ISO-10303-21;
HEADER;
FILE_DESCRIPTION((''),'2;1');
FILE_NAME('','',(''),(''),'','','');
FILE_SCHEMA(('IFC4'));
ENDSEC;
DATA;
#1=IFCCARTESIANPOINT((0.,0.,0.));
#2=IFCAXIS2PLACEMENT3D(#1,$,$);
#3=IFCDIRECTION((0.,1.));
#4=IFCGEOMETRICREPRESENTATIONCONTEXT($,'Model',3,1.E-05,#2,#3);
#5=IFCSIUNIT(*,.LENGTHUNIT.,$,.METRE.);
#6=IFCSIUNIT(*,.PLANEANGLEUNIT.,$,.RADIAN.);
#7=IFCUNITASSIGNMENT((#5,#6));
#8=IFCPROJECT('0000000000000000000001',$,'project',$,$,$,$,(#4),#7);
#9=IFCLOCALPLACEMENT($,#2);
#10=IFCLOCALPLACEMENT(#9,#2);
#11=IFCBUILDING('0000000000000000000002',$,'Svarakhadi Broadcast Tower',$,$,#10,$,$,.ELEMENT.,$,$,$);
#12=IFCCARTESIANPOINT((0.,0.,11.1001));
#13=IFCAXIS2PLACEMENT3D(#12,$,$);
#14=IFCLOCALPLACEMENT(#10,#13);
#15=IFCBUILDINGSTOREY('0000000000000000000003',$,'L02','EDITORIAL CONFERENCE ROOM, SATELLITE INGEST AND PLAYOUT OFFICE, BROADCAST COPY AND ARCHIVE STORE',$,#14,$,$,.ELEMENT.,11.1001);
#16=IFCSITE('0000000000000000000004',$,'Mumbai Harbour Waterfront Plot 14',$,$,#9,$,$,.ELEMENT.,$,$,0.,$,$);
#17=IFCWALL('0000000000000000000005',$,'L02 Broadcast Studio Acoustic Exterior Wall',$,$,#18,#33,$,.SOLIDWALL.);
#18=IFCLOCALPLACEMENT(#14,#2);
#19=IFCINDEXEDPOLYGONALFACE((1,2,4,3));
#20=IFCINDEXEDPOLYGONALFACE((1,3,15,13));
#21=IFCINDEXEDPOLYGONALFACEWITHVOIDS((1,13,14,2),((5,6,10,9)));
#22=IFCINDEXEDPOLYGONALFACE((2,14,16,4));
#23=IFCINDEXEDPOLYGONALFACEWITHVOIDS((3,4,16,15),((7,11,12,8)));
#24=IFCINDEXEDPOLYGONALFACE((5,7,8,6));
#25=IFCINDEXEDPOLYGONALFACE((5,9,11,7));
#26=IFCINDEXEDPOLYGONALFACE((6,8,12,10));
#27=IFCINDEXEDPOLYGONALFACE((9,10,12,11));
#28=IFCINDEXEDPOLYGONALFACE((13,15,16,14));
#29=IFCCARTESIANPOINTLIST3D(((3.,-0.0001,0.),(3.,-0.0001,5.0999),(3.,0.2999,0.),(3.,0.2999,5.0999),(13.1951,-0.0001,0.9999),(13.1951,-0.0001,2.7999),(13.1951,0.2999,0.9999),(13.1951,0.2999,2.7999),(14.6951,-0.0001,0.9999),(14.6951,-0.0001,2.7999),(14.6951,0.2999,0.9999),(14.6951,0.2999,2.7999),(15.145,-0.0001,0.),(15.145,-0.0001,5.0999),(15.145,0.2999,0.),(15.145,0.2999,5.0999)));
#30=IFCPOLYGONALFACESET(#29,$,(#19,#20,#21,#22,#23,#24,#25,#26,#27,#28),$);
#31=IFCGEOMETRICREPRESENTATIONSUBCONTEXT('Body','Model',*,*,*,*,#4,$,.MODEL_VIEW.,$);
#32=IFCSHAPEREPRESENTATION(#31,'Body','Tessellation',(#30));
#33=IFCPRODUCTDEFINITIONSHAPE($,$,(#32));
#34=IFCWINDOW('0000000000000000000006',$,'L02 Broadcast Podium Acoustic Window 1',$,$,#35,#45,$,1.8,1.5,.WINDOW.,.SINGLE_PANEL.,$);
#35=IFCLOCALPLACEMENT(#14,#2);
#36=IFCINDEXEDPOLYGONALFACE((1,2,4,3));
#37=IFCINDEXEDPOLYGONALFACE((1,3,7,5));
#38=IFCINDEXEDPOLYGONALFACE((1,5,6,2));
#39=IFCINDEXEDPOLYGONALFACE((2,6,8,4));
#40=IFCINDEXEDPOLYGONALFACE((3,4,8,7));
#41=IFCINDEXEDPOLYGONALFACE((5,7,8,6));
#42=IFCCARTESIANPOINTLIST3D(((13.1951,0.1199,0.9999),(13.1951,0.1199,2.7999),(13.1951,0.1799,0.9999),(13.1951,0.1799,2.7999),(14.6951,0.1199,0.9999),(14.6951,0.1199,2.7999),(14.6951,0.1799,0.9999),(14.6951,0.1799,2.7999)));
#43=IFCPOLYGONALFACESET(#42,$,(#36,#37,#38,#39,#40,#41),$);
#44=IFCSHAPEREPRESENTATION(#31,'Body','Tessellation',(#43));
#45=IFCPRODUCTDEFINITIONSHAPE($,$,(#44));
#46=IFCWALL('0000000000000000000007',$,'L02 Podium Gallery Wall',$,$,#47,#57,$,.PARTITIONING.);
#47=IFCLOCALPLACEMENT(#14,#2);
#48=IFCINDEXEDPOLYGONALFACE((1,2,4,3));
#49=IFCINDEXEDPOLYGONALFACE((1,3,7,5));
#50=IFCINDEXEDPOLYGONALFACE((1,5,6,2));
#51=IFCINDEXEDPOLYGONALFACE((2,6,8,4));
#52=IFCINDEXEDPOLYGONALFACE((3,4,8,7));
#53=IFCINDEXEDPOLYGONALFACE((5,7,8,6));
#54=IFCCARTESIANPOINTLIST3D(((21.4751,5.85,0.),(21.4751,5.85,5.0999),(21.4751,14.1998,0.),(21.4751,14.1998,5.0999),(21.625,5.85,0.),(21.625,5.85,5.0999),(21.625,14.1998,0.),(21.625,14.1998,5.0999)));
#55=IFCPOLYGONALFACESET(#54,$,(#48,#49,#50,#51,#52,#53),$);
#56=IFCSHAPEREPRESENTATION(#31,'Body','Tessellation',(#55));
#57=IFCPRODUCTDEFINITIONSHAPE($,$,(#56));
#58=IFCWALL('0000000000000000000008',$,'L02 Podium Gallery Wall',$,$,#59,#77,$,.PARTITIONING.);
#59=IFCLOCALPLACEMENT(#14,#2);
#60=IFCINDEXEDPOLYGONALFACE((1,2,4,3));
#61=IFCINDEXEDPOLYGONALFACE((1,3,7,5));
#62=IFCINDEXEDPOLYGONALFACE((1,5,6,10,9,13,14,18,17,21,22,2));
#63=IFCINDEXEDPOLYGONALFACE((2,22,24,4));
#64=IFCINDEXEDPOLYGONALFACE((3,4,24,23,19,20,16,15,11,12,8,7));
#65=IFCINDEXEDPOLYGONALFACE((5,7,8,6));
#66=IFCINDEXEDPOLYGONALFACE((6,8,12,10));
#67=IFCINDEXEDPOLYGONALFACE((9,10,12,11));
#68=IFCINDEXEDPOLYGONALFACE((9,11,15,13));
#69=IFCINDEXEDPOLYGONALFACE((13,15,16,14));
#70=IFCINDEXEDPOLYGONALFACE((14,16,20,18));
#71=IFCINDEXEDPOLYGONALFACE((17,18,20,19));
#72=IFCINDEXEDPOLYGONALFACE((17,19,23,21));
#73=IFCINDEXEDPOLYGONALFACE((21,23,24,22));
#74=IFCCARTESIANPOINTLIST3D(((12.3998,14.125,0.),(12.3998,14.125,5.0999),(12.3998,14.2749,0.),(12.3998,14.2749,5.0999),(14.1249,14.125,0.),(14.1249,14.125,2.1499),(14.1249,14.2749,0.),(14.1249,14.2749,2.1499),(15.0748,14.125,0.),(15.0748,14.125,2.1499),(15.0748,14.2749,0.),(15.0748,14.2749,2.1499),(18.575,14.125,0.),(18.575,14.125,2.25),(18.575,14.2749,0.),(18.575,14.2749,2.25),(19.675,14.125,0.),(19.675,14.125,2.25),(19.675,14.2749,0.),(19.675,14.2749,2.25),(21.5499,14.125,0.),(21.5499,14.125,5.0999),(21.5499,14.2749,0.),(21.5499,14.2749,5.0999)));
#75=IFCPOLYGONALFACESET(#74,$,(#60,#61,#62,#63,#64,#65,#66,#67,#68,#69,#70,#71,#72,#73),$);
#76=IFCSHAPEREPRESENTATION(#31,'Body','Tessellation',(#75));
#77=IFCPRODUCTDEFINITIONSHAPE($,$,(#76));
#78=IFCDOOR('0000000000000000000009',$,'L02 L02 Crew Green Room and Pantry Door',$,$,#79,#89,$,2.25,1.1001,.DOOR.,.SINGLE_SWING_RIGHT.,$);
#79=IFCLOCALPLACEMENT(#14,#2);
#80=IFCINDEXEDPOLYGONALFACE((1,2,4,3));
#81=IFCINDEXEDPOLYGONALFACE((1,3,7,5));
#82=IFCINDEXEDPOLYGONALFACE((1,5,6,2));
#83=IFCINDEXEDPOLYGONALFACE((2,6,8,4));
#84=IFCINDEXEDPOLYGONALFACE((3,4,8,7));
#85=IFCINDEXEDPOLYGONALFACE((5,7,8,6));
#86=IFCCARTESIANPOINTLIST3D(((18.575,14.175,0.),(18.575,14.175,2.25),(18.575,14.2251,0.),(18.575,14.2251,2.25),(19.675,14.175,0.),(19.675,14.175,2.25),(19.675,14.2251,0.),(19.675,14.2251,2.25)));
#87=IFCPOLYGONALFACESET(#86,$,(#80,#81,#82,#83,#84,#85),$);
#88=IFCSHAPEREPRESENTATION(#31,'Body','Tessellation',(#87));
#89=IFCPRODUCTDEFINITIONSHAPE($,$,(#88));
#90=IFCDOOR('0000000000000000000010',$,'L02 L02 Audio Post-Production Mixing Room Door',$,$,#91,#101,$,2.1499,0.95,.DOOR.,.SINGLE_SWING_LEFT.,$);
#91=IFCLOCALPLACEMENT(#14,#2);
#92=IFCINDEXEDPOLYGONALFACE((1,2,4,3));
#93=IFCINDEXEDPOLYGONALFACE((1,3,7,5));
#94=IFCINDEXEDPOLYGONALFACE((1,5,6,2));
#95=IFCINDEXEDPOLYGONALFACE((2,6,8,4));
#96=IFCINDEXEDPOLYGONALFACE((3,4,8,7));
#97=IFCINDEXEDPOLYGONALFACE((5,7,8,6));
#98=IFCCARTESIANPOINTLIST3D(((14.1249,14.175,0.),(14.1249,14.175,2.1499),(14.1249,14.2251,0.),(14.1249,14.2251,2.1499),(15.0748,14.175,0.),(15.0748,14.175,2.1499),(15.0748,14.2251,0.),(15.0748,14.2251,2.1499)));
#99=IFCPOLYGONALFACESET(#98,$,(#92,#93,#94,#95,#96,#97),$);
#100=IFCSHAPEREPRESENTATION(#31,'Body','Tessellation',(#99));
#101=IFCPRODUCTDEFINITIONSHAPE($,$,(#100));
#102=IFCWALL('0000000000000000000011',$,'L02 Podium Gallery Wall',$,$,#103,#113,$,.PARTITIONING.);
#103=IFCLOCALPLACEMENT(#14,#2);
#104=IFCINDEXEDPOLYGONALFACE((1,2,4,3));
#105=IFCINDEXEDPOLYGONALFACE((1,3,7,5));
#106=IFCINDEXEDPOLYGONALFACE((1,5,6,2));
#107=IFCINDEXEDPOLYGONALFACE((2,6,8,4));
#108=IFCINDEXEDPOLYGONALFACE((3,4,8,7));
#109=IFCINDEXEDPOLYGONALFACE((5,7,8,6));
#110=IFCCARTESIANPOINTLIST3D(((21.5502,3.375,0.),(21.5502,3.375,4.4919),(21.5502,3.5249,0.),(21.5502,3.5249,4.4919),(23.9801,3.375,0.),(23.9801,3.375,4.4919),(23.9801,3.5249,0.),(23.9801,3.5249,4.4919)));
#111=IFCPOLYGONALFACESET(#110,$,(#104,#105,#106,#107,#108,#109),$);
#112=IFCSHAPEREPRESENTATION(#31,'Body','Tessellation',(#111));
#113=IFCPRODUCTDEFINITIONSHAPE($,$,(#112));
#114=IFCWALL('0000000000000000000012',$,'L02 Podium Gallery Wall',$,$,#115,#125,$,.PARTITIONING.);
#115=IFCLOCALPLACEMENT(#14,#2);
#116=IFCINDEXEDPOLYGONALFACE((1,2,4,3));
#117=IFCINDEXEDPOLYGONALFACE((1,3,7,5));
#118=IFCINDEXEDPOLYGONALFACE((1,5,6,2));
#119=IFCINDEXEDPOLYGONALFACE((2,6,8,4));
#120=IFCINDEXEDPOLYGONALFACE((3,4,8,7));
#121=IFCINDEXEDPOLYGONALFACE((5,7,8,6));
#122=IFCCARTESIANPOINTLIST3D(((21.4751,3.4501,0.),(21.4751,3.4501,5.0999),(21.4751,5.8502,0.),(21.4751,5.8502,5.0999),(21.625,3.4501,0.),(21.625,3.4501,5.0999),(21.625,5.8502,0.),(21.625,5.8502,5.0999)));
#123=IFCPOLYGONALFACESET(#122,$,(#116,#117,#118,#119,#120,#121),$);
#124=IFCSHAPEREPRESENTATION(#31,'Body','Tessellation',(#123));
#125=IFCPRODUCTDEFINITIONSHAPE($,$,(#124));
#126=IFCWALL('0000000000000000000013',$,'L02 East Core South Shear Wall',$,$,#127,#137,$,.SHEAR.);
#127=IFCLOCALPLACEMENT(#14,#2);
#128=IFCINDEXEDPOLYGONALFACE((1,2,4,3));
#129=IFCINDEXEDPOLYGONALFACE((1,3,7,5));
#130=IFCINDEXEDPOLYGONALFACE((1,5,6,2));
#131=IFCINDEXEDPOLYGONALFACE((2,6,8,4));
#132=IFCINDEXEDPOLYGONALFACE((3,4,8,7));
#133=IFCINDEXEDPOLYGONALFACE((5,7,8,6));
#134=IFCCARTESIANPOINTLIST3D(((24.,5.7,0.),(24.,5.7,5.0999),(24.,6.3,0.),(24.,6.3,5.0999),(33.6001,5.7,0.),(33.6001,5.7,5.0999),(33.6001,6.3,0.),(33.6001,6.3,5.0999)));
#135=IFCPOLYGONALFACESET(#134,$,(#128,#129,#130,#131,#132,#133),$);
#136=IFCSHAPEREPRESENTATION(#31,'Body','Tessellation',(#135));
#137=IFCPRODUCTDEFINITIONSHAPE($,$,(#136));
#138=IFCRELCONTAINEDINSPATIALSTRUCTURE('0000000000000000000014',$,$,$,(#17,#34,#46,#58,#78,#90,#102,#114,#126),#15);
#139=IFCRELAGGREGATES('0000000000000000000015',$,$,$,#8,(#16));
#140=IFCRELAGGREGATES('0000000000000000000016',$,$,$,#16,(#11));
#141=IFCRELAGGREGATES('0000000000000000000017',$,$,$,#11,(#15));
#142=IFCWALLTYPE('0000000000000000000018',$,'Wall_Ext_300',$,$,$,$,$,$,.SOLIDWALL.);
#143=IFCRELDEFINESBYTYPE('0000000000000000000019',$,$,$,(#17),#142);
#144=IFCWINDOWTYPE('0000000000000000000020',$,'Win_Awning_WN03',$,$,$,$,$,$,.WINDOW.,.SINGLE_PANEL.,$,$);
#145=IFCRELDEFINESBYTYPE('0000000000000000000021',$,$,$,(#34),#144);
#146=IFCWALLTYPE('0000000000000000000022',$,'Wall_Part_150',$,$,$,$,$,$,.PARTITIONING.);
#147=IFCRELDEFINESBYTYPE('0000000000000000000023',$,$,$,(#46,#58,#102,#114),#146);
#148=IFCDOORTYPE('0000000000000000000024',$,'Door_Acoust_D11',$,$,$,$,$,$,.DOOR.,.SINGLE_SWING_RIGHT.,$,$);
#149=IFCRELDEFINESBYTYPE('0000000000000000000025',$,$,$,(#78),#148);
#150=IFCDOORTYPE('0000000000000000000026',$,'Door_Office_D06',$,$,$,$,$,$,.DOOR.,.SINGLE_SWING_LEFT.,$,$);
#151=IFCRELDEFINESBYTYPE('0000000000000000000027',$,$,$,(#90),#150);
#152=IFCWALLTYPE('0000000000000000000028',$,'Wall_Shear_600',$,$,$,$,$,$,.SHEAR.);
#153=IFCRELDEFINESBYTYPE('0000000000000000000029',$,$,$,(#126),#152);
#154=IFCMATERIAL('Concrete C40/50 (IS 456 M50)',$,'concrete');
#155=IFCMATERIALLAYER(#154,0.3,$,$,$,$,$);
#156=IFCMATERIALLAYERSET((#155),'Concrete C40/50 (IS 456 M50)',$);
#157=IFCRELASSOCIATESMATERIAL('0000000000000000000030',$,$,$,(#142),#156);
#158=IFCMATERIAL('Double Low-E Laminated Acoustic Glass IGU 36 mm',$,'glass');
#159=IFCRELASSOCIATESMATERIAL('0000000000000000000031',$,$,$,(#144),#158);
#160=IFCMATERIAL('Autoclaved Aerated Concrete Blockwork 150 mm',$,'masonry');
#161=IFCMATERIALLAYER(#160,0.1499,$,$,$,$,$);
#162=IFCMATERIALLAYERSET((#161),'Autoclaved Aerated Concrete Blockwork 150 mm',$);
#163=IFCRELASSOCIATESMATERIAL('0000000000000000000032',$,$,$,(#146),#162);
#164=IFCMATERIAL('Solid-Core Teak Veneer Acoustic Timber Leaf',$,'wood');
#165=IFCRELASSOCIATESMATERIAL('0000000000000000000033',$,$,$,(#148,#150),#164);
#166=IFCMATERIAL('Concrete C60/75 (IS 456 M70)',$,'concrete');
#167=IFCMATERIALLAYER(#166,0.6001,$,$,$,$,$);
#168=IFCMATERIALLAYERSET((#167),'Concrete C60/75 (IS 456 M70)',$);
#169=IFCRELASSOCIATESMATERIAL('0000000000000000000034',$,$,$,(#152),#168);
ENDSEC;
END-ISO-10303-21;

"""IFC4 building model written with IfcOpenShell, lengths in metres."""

from ifc_helpers import new_model, si_unit, direction, frame, frame_2d, origin, place, context, subcontext, project, spatial, rectangle, extrude, material, layer, layer_set, type_object, element, fill, save


model = new_model("IFC4")

# Units and contexts
model_context = context("Model", 3, precision=1e-05, world=origin(), true_north=direction((0.0, 1.0)))
body_context = subcontext(model_context, "Body", "Model", "MODEL_VIEW")
ifc_project = project(units=[si_unit("LENGTHUNIT", "METRE"), si_unit("PLANEANGLEUNIT", "RADIAN")], contexts=[model_context])

# Site, building, storey
site_placement = place(None, origin())
site = spatial("IfcSite", under=ifc_project, at=site_placement, Name="Mumbai Harbour Waterfront Plot 14", CompositionType="ELEMENT", RefElevation=0.0)
building_placement = place(site_placement, origin())
building = spatial("IfcBuilding", under=site, at=building_placement, Name="Svarakhadi Broadcast Tower", CompositionType="ELEMENT")
storey_placement = place(building_placement, frame((0.0, 0.0, 11.1001)))
storey = spatial("IfcBuildingStorey", under=building, at=storey_placement, Name="L02", Description="EDITORIAL CONFERENCE ROOM, SATELLITE INGEST AND PLAYOUT OFFICE, BROADCAST COPY AND ARCHIVE STORE", CompositionType="ELEMENT", Elevation=11.1001)

# Shared definitions
ifc_material_1 = material(Name="Concrete C60/75 (IS 456 M70)", Category="concrete")

# Shared definitions
ifc_material_2 = material(Name="Double Low-E Laminated Acoustic Glass IGU 36 mm", Category="glass")

# Wall, opening, window
ifc_material_3 = material(Name="Concrete C40/50 (IS 456 M50)", Category="concrete")
ifc_layer_1 = layer(ifc_material_3, 0.3)
ifc_layer_set_1 = layer_set([ifc_layer_1], Name="Concrete C40/50 (IS 456 M50)")
wall_type_1 = type_object("IfcWallType", Name="Wall_Ext_300", PredefinedType="SOLIDWALL", material=ifc_layer_set_1)
wall_1_placement = place(storey_placement, frame((15.145, 0.1499, 0.0), z_axis=(0.0, 0.0, 1.0), x_axis=(-1.0, 0.0, 0.0)))
wall_1 = element("IfcWall", 1, at=wall_1_placement, inside=storey, type_object=wall_type_1, Name="L02 Broadcast Studio Acoustic Exterior Wall", PredefinedType="SOLIDWALL", context=body_context, shape_type="SweptSolid", body=[
    extrude(rectangle(XDim=12.145, YDim=0.3, at=frame_2d((6.0725, 0.0))), origin(), (0.0, 0.0, 1.0), 5.0999),
])
opening_1_placement = place(wall_1_placement, frame((0.45, 0.0, 1.0)))
opening_1 = element("IfcOpeningElement", 2, at=opening_1_placement, cuts=wall_1, PredefinedType="OPENING", context=body_context, shape_type="SweptSolid", body=[
    extrude(rectangle(XDim=1.5, YDim=1.8, at=frame_2d((0.75, 0.8999))), frame((0.0, 0.1599, 0.0), z_axis=(0.0, -1.0, 0.0), x_axis=(1.0, 0.0, 0.0)), (0.0, 0.0, 1.0), 0.3201),
])
window_type = type_object("IfcWindowType", Name="Win_Awning_WN03", PartitioningType="SINGLE_PANEL", PredefinedType="WINDOW", material=ifc_material_2)
window_placement = place(opening_1_placement, origin())
window = element("IfcWindow", 3, at=window_placement, inside=storey, type_object=window_type, Name="L02 Broadcast Podium Acoustic Window 1", OverallHeight=1.8, OverallWidth=1.5, PartitioningType="SINGLE_PANEL", PredefinedType="WINDOW", context=body_context, shape_type="SweptSolid", body=[
    extrude(rectangle(XDim=1.5, YDim=1.8, at=frame_2d((0.75, 0.8999))), frame((0.0, 0.03, 0.0), z_axis=(0.0, -1.0, 0.0), x_axis=(1.0, 0.0, 0.0)), (0.0, 0.0, 1.0), 0.0601),
])
fill(opening_1, window)

# Wall
ifc_material_4 = material(Name="Autoclaved Aerated Concrete Blockwork 150 mm", Category="masonry")
ifc_layer_2 = layer(ifc_material_4, 0.1499)
ifc_layer_set_2 = layer_set([ifc_layer_2], Name="Autoclaved Aerated Concrete Blockwork 150 mm")
wall_type_2 = type_object("IfcWallType", Name="Wall_Part_150", PredefinedType="PARTITIONING", material=ifc_layer_set_2)
wall_2_placement = place(storey_placement, frame((21.55, 5.8501, 0.0), z_axis=(0.0, 0.0, 1.0), x_axis=(0.0, 1.0, 0.0)))
element("IfcWall", 4, at=wall_2_placement, inside=storey, type_object=wall_type_2, Name="L02 Podium Gallery Wall", PredefinedType="PARTITIONING", context=body_context, shape_type="SweptSolid", body=[
    extrude(rectangle(XDim=8.3499, YDim=0.1499, at=frame_2d((4.1748, 0.0))), origin(), (0.0, 0.0, 1.0), 5.0999),
])

# Wall, openings, doors
wall_3_placement = place(storey_placement, frame((21.55, 14.2, 0.0), z_axis=(0.0, 0.0, 1.0), x_axis=(-1.0, 0.0, 0.0)))
wall_3 = element("IfcWall", 5, at=wall_3_placement, inside=storey, type_object=wall_type_2, Name="L02 Podium Gallery Wall", PredefinedType="PARTITIONING", context=body_context, shape_type="SweptSolid", body=[
    extrude(rectangle(XDim=9.1501, YDim=0.1499, at=frame_2d((4.5752, 0.0))), origin(), (0.0, 0.0, 1.0), 5.0999),
])
opening_2_placement = place(wall_3_placement, frame((6.4751, 0.0, 0.0)))
opening_2 = element("IfcOpeningElement", 6, at=opening_2_placement, cuts=wall_3, PredefinedType="OPENING", context=body_context, shape_type="SweptSolid", body=[
    extrude(rectangle(XDim=0.95, YDim=2.1499, at=frame_2d((0.4751, 1.075))), frame((0.0, 0.085, 0.0), z_axis=(0.0, -1.0, 0.0), x_axis=(1.0, 0.0, 0.0)), (0.0, 0.0, 1.0), 0.1699),
])
opening_3_placement = place(wall_3_placement, frame((1.875, 0.0, 0.0)))
opening_3 = element("IfcOpeningElement", 7, at=opening_3_placement, cuts=wall_3, PredefinedType="OPENING", context=body_context, shape_type="SweptSolid", body=[
    extrude(rectangle(XDim=1.1001, YDim=2.25, at=frame_2d((0.55, 1.125))), frame((0.0, 0.085, 0.0), z_axis=(0.0, -1.0, 0.0), x_axis=(1.0, 0.0, 0.0)), (0.0, 0.0, 1.0), 0.1699),
])
ifc_material_5 = material(Name="Solid-Core Teak Veneer Acoustic Timber Leaf", Category="wood")
door_type_1 = type_object("IfcDoorType", Name="Door_Acoust_D11", OperationType="SINGLE_SWING_RIGHT", PredefinedType="DOOR", material=ifc_material_5)
door_1_placement = place(opening_3_placement, origin())
door_1 = element("IfcDoor", 8, at=door_1_placement, inside=storey, type_object=door_type_1, Name="L02 L02 Crew Green Room and Pantry Door", OperationType="SINGLE_SWING_RIGHT", OverallHeight=2.25, OverallWidth=1.1001, PredefinedType="DOOR", context=body_context, shape_type="SweptSolid", body=[
    extrude(rectangle(XDim=1.1001, YDim=2.25, at=frame_2d((0.55, 1.125))), frame((0.0, 0.0249, 0.0), z_axis=(0.0, -1.0, 0.0), x_axis=(1.0, 0.0, 0.0)), (0.0, 0.0, 1.0), 0.05),
])
fill(opening_3, door_1)
door_type_2 = type_object("IfcDoorType", Name="Door_Office_D06", OperationType="SINGLE_SWING_LEFT", PredefinedType="DOOR", material=ifc_material_5)
door_2_placement = place(opening_2_placement, origin())
door_2 = element("IfcDoor", 9, at=door_2_placement, inside=storey, type_object=door_type_2, Name="L02 L02 Audio Post-Production Mixing Room Door", OperationType="SINGLE_SWING_LEFT", OverallHeight=2.1499, OverallWidth=0.95, PredefinedType="DOOR", context=body_context, shape_type="SweptSolid", body=[
    extrude(rectangle(XDim=0.95, YDim=2.1499, at=frame_2d((0.4751, 1.075))), frame((0.0, 0.0249, 0.0), z_axis=(0.0, -1.0, 0.0), x_axis=(1.0, 0.0, 0.0)), (0.0, 0.0, 1.0), 0.05),
])
fill(opening_2, door_2)

# Walls
wall_4_placement = place(storey_placement, frame((23.98, 3.45, 0.0), z_axis=(0.0, 0.0, 1.0), x_axis=(-1.0, 0.0, 0.0)))
element("IfcWall", 10, at=wall_4_placement, inside=storey, type_object=wall_type_2, Name="L02 Podium Gallery Wall", PredefinedType="PARTITIONING", context=body_context, shape_type="SweptSolid", body=[
    extrude(rectangle(XDim=2.4299, YDim=0.1499, at=frame_2d((1.2148, 0.0))), origin(), (0.0, 0.0, 1.0), 4.4919),
])
wall_5_placement = place(storey_placement, frame((21.55, 3.45, 0.0), z_axis=(0.0, 0.0, 1.0), x_axis=(0.0, 1.0, 0.0)))
element("IfcWall", 11, at=wall_5_placement, inside=storey, type_object=wall_type_2, Name="L02 Podium Gallery Wall", PredefinedType="PARTITIONING", context=body_context, shape_type="SweptSolid", body=[
    extrude(rectangle(XDim=2.4001, YDim=0.1499, at=frame_2d((1.2002, 0.0))), origin(), (0.0, 0.0, 1.0), 5.0999),
])
ifc_layer_3 = layer(ifc_material_1, 0.6001)
ifc_layer_set_3 = layer_set([ifc_layer_3], Name="Concrete C60/75 (IS 456 M70)")
wall_type_3 = type_object("IfcWallType", Name="Wall_Shear_600", PredefinedType="SHEAR", material=ifc_layer_set_3)
wall_6_placement = place(storey_placement, frame((24.0, 6.0, 0.0), z_axis=(0.0, 0.0, 1.0), x_axis=(1.0, 0.0, 0.0)))
element("IfcWall", 12, at=wall_6_placement, inside=storey, type_object=wall_type_3, Name="L02 East Core South Shear Wall", PredefinedType="SHEAR", context=body_context, shape_type="SweptSolid", body=[
    extrude(rectangle(XDim=9.6001, YDim=0.6001, at=frame_2d((4.8, 0.0))), origin(), (0.0, 0.0, 1.0), 5.0999),
])

save(model, "model.ifc")
